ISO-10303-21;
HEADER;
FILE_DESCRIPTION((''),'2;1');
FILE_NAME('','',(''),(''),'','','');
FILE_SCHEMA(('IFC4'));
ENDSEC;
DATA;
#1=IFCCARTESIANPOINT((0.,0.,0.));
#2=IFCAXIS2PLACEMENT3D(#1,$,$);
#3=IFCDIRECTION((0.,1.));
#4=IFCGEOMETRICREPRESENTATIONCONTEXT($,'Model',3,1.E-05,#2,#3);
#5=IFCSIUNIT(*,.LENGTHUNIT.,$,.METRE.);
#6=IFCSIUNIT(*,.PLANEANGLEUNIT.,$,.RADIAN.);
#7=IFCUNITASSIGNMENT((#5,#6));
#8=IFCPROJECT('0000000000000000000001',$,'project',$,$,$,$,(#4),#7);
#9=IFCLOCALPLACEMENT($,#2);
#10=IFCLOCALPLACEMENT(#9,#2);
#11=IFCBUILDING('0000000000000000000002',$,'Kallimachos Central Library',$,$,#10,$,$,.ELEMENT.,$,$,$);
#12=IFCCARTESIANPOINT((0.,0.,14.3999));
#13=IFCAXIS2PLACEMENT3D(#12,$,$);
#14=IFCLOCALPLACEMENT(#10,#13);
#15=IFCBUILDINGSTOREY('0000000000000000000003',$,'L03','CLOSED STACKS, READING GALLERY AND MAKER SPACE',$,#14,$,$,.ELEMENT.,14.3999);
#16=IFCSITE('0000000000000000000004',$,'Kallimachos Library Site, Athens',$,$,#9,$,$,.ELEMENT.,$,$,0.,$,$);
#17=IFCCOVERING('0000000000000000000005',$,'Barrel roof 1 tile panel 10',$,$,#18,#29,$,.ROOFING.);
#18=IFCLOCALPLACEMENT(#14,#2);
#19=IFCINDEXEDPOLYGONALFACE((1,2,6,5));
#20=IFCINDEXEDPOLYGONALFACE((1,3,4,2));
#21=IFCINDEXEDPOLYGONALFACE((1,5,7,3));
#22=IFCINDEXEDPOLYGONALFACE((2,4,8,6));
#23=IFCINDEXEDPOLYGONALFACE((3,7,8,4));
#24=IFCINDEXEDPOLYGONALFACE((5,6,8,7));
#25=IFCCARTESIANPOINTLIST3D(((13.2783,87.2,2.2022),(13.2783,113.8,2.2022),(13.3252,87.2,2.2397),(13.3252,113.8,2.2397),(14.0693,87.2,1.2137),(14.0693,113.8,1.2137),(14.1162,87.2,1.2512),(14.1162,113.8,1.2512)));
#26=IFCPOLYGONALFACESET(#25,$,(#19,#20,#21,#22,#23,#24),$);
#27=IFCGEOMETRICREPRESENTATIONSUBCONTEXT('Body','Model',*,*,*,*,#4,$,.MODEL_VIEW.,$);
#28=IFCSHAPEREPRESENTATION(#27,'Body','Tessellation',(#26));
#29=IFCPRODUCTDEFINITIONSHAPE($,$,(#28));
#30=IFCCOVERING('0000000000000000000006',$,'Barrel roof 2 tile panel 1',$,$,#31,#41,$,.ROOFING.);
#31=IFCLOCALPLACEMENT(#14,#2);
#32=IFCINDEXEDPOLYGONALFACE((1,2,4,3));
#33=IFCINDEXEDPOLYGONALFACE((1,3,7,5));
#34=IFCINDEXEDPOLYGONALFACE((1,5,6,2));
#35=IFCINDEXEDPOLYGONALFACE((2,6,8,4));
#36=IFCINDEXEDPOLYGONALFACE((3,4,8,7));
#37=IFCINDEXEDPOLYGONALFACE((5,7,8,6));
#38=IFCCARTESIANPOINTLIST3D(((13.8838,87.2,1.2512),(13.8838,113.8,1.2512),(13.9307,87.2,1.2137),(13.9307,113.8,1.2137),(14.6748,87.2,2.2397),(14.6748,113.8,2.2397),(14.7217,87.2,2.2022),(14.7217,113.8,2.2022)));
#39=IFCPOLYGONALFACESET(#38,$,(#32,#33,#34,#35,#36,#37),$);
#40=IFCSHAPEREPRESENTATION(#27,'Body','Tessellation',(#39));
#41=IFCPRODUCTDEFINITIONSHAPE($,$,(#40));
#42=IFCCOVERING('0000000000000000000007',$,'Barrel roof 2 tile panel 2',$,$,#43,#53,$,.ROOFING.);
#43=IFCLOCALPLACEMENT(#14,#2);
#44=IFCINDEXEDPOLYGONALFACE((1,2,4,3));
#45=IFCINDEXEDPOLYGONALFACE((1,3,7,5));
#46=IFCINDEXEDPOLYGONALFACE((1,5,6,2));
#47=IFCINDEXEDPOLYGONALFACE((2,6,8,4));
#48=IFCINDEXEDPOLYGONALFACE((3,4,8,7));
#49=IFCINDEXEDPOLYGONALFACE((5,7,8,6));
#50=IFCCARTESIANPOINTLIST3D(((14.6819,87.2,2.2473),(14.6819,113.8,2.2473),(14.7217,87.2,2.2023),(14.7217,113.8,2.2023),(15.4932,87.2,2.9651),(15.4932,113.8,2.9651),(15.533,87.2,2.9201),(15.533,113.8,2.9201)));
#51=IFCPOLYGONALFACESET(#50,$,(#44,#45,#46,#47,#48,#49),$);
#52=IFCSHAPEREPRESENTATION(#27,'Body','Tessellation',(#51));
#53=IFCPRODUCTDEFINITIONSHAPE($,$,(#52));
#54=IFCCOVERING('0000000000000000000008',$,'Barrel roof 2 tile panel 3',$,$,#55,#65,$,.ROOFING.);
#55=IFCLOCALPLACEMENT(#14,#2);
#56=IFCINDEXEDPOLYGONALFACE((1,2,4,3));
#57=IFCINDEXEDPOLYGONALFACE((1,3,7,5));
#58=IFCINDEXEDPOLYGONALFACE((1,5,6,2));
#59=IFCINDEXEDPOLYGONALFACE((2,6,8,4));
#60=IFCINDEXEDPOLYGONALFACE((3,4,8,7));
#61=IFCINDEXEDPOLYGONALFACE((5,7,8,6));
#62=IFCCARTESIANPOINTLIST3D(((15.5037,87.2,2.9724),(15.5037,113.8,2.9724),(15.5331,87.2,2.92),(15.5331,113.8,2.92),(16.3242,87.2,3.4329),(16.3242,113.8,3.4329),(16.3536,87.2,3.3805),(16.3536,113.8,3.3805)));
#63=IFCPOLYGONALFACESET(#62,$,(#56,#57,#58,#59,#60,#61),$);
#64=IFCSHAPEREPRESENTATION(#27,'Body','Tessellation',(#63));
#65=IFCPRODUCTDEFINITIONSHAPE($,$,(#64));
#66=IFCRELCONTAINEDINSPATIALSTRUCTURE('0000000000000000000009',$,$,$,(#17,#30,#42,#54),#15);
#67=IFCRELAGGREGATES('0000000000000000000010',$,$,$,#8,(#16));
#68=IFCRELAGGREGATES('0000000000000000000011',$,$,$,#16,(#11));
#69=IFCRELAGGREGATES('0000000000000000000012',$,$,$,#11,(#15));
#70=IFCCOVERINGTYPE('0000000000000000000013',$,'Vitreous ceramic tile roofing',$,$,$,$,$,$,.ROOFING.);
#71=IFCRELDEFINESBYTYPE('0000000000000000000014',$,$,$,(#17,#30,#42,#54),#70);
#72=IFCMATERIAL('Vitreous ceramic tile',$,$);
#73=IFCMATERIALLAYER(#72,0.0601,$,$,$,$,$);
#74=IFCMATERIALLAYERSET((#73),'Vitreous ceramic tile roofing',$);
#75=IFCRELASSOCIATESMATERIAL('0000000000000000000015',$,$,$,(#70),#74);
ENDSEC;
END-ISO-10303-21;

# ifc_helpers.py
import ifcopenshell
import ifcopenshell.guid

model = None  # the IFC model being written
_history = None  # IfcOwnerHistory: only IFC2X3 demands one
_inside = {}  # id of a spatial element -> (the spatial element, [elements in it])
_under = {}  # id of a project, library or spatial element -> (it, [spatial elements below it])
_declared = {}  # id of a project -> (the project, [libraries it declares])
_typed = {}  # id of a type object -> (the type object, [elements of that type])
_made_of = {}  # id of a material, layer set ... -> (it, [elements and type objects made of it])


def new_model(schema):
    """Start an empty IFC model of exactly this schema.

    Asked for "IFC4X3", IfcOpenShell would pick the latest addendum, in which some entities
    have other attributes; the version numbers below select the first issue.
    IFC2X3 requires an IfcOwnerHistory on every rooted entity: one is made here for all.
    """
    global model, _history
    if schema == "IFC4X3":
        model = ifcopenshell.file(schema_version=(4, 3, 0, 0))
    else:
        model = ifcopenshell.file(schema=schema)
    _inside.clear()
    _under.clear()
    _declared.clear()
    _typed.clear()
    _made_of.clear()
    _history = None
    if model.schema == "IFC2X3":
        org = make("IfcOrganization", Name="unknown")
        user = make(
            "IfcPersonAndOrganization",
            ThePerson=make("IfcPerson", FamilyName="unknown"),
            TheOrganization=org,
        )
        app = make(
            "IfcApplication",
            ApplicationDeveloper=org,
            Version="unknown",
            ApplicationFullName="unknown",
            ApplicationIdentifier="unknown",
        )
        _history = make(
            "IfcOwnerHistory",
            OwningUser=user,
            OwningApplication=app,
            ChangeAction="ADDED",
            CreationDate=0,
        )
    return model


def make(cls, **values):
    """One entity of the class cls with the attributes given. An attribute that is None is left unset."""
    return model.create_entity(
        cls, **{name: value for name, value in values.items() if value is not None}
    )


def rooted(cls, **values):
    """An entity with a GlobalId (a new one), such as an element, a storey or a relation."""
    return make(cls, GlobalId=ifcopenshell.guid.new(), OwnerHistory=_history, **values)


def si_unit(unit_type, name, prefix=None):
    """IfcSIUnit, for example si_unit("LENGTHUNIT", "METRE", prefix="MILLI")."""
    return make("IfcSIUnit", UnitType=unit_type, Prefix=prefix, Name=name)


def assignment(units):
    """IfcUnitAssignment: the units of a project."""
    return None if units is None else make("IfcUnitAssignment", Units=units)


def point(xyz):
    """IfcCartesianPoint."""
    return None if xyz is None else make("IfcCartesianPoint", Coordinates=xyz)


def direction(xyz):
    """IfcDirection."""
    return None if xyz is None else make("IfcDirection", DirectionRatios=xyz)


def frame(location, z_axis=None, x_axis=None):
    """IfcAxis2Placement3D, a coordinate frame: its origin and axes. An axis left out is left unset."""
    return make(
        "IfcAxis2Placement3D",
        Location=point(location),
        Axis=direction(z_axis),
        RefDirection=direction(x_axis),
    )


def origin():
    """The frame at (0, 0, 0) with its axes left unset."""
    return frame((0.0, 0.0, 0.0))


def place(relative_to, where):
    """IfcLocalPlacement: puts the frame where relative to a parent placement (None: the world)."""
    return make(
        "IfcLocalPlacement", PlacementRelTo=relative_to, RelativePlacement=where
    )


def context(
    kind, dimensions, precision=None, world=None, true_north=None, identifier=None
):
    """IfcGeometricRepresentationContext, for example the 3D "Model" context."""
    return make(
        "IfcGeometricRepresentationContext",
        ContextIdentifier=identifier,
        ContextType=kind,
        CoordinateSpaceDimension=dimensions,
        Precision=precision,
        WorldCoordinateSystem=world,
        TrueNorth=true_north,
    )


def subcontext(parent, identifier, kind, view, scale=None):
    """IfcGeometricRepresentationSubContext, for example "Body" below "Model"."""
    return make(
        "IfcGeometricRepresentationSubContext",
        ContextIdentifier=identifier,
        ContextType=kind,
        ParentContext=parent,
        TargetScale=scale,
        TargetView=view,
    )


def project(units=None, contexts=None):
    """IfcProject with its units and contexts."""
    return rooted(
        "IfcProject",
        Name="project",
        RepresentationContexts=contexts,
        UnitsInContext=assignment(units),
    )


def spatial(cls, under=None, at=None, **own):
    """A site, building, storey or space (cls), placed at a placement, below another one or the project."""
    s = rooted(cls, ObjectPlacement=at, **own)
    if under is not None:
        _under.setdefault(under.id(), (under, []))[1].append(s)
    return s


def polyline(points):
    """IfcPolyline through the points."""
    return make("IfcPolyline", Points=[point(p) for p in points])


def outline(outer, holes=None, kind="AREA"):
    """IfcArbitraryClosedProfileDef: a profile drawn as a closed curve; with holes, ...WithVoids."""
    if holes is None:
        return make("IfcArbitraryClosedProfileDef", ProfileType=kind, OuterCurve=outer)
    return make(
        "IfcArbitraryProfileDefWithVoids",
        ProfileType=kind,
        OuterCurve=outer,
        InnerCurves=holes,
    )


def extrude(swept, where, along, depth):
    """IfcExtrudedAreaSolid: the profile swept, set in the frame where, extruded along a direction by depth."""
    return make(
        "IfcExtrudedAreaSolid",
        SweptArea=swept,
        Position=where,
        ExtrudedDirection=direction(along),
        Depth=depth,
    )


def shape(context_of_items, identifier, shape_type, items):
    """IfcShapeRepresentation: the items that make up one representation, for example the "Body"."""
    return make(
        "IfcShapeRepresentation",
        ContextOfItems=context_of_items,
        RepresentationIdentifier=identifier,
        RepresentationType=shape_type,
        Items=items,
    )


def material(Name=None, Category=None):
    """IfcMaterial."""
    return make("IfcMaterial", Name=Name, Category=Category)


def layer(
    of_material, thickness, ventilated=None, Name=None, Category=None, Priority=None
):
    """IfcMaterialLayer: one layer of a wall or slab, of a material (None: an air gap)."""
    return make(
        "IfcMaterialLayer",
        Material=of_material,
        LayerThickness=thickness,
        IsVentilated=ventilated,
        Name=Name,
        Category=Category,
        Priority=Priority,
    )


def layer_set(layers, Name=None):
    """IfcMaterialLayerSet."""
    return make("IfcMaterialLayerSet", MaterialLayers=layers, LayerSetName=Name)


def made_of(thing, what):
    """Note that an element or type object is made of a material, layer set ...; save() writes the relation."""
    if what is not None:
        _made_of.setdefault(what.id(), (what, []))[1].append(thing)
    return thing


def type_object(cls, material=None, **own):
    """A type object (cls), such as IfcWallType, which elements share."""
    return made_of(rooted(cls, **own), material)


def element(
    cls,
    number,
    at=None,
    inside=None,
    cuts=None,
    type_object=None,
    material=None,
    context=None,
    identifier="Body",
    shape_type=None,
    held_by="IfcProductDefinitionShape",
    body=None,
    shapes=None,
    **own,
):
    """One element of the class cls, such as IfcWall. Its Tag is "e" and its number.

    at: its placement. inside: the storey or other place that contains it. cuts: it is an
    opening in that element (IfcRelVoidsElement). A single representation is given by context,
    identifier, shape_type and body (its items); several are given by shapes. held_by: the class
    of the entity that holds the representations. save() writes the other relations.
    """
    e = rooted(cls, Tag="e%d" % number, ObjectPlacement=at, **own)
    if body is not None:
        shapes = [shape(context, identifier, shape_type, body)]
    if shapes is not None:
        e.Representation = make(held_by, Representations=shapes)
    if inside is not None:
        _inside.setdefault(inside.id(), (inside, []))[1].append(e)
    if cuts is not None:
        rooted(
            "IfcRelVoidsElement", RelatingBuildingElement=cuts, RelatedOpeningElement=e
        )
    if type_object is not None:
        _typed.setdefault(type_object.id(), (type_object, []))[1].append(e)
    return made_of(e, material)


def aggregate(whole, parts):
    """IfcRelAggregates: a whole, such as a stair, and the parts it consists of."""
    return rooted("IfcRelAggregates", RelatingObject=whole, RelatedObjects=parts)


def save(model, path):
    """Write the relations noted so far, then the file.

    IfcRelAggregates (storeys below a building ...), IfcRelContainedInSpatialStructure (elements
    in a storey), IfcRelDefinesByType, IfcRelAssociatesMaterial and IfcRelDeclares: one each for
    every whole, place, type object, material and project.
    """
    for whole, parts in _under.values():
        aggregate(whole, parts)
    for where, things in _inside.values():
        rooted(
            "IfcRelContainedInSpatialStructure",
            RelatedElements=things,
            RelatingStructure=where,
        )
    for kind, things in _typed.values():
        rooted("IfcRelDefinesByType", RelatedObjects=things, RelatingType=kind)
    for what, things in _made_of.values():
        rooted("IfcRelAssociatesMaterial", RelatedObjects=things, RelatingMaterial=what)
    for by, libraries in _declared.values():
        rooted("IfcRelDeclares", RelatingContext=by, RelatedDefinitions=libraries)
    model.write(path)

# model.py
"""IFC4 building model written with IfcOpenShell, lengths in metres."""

from ifc_helpers import new_model, si_unit, direction, frame, origin, place, context, subcontext, project, spatial, polyline, outline, extrude, material, layer, layer_set, type_object, element, save


model = new_model("IFC4")

# Units and contexts
model_context = context("Model", 3, precision=1e-05, world=origin(), true_north=direction((0.0, 1.0)))
body_context = subcontext(model_context, "Body", "Model", "MODEL_VIEW")
ifc_project = project(units=[si_unit("LENGTHUNIT", "METRE"), si_unit("PLANEANGLEUNIT", "RADIAN")], contexts=[model_context])

# Site, building, storey
site_placement = place(None, origin())
site = spatial("IfcSite", under=ifc_project, at=site_placement, Name="Kallimachos Library Site, Athens", CompositionType="ELEMENT", RefElevation=0.0)
building_placement = place(site_placement, origin())
building = spatial("IfcBuilding", under=site, at=building_placement, Name="Kallimachos Central Library", CompositionType="ELEMENT")
storey_placement = place(building_placement, frame((0.0, 0.0, 14.3999)))
storey = spatial("IfcBuildingStorey", under=building, at=storey_placement, Name="L03", Description="CLOSED STACKS, READING GALLERY AND MAKER SPACE", CompositionType="ELEMENT", Elevation=14.3999)

# Coverings
ifc_material_1 = material(Name="Vitreous ceramic tile")
ifc_layer_1 = layer(ifc_material_1, 0.0601)
ifc_layer_set_1 = layer_set([ifc_layer_1], Name="Vitreous ceramic tile roofing")
covering_type_1 = type_object("IfcCoveringType", Name="Vitreous ceramic tile roofing", PredefinedType="ROOFING", material=ifc_layer_set_1)
for number, where, z_axis, x_axis, name in (
    (1, (13.3252, 87.2, 2.2397), (0.780794, 0.0, 0.624789), (0.624789, 0.0, -0.780794), "Barrel roof 1 tile panel 10"),
    (2, (13.8838, 87.2, 1.2512), (-0.780794, 0.0, 0.624789), (0.624789, 0.0, 0.780794), "Barrel roof 2 tile panel 1"),
):
    element("IfcCovering", number, at=place(storey_placement, frame(where, z_axis=z_axis, x_axis=x_axis)), inside=storey, type_object=covering_type_1, Name=name, PredefinedType="ROOFING", context=body_context, shape_type="SweptSolid", body=[
        extrude(outline(polyline([(0.0, 0.0), (1.2661, 0.0), (1.2661, 26.6001), (0.0, 26.6001), (0.0, 0.0)])), origin(), (0.0, 0.0, -1.0), 0.0601),
    ])
covering_1_placement = place(storey_placement, frame((14.6819, 87.2, 2.2473), z_axis=(-0.662627, 0.0, 0.748949), x_axis=(0.748949, 0.0, 0.662627)))
element("IfcCovering", 3, at=covering_1_placement, inside=storey, type_object=covering_type_1, Name="Barrel roof 2 tile panel 2", PredefinedType="ROOFING", context=body_context, shape_type="SweptSolid", body=[
    extrude(outline(polyline([(0.0, 0.0), (1.0832, 0.0), (1.0832, 26.6001), (0.0, 26.6001), (0.0, 0.0)])), origin(), (0.0, 0.0, -1.0), 0.0601),
])
covering_2_placement = place(storey_placement, frame((15.5037, 87.2, 2.9724), z_axis=(-0.489362, 0.0, 0.872081), x_axis=(0.872081, 0.0, 0.489362)))
element("IfcCovering", 4, at=covering_2_placement, inside=storey, type_object=covering_type_1, Name="Barrel roof 2 tile panel 3", PredefinedType="ROOFING", context=body_context, shape_type="SweptSolid", body=[
    extrude(outline(polyline([(0.0, 0.0), (0.9409, 0.0), (0.9409, 26.6001), (0.0, 26.6001), (0.0, 0.0)])), origin(), (0.0, 0.0, -1.0), 0.0601),
])

save(model, "model.ifc")
